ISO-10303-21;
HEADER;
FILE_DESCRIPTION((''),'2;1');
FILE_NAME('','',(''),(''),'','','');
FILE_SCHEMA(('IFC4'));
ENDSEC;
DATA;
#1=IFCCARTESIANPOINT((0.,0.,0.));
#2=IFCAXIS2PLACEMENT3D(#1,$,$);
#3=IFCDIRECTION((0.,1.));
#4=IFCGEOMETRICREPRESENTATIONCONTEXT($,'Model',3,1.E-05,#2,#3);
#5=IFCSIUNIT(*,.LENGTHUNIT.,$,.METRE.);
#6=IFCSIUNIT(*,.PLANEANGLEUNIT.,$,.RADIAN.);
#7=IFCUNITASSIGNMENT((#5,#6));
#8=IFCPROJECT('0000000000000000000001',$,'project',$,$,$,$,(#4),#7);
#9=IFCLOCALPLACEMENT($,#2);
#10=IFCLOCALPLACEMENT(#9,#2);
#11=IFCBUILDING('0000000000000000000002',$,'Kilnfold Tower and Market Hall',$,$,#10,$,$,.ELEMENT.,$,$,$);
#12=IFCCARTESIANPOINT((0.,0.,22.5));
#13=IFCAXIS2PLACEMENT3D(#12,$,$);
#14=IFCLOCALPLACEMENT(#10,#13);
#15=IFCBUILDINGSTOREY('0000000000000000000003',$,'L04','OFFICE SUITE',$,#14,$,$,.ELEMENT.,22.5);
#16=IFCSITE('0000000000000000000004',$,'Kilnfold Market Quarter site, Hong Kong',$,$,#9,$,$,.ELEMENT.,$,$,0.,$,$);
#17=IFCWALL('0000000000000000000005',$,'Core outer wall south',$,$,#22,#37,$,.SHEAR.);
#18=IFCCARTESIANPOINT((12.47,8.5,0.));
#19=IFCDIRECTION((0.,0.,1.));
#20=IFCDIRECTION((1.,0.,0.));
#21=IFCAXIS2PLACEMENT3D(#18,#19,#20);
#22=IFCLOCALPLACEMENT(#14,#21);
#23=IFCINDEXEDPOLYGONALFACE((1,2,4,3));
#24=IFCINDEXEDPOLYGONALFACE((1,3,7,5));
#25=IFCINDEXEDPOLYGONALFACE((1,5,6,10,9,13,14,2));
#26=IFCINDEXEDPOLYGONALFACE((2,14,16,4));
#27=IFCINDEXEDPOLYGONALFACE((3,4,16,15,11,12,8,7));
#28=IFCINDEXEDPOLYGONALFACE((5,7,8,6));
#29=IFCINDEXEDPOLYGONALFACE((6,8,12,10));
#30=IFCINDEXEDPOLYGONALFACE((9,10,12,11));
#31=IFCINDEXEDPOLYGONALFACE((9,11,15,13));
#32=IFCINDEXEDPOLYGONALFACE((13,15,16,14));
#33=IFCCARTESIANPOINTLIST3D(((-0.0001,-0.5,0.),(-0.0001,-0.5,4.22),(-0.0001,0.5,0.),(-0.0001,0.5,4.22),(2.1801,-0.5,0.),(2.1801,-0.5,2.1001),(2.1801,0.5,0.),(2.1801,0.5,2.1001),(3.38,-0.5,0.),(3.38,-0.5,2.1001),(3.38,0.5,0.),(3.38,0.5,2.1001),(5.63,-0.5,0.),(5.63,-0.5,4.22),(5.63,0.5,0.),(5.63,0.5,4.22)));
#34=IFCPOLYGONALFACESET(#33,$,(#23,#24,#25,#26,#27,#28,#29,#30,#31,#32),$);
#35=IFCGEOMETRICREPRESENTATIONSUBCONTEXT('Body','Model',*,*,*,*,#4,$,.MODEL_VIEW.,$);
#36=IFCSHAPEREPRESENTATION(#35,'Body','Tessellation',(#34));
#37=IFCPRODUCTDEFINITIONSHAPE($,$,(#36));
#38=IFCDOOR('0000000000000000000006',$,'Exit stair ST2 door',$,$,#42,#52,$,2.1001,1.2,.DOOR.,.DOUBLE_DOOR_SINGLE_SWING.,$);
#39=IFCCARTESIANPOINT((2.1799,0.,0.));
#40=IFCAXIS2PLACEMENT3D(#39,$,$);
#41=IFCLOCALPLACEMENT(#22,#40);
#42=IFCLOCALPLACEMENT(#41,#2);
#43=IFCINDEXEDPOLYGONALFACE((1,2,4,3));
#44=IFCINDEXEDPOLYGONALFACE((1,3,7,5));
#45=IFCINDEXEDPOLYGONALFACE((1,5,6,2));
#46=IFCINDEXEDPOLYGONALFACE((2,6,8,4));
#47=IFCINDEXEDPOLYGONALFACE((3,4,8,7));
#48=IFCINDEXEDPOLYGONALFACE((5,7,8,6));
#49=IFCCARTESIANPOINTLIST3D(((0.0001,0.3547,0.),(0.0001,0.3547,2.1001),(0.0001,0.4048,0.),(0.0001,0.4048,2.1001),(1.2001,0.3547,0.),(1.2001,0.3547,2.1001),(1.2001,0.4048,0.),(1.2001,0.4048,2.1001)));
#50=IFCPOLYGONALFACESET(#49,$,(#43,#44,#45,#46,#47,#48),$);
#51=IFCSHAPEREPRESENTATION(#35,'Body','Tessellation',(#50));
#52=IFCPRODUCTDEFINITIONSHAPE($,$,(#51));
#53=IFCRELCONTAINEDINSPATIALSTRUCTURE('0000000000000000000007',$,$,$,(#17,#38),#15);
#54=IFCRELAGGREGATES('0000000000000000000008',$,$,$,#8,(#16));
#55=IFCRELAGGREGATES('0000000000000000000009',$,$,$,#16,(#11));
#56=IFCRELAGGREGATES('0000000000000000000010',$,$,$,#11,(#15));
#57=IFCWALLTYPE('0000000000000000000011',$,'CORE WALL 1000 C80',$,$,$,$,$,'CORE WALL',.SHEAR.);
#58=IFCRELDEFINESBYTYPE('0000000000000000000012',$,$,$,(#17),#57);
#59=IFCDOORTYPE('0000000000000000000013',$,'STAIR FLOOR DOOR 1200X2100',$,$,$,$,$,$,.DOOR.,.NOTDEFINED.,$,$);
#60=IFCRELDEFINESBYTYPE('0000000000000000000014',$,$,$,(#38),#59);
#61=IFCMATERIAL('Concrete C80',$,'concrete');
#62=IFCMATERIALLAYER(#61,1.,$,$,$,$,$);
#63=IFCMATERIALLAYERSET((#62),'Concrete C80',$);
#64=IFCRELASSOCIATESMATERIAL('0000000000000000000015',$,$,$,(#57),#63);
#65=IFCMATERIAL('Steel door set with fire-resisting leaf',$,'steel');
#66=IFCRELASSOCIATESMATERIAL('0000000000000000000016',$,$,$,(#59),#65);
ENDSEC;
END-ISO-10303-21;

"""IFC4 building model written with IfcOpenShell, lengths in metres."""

from ifc_helpers import new_model, si_unit, direction, frame, frame_2d, origin, place, context, subcontext, project, spatial, rectangle, extrude, source, transform, mapped, material, layer, layer_set, type_object, element, fill, save


model = new_model("IFC4")

# Units and contexts
model_context = context("Model", 3, precision=1e-05, world=origin(), true_north=direction((0.0, 1.0)))
body_context = subcontext(model_context, "Body", "Model", "MODEL_VIEW")
ifc_project = project(units=[si_unit("LENGTHUNIT", "METRE"), si_unit("PLANEANGLEUNIT", "RADIAN")], contexts=[model_context])

# Site, building, storey
site_placement = place(None, origin())
site = spatial("IfcSite", under=ifc_project, at=site_placement, Name="Kilnfold Market Quarter site, Hong Kong", CompositionType="ELEMENT", RefElevation=0.0)
building_placement = place(site_placement, origin())
building = spatial("IfcBuilding", under=site, at=building_placement, Name="Kilnfold Tower and Market Hall", CompositionType="ELEMENT")
storey_placement = place(building_placement, frame((0.0, 0.0, 22.5)))
storey = spatial("IfcBuildingStorey", under=building, at=storey_placement, Name="L04", Description="OFFICE SUITE", CompositionType="ELEMENT", Elevation=22.5)

# Wall, opening, door
ifc_material_1 = material(Name="Concrete C80", Category="concrete")
ifc_layer_1 = layer(ifc_material_1, 1.0)
ifc_layer_set_1 = layer_set([ifc_layer_1], Name="Concrete C80")
wall_type_1 = type_object("IfcWallType", Name="CORE WALL 1000 C80", ElementType="CORE WALL", PredefinedType="SHEAR", material=ifc_layer_set_1)
shared_shape_1 = source(origin(), body_context, "Body", "SweptSolid", [
    extrude(rectangle(XDim=5.6301, YDim=1.0, at=frame_2d((2.8149, 0.0))), origin(), (0.0, 0.0, 1.0), 4.22),
])
wall_1_placement = place(storey_placement, frame((12.47, 8.5, 0.0), z_axis=(0.0, 0.0, 1.0), x_axis=(1.0, 0.0, 0.0)))
wall_1 = element("IfcWall", 1, at=wall_1_placement, inside=storey, type_object=wall_type_1, Name="Core outer wall south", PredefinedType="SHEAR", context=body_context, shape_type="MappedRepresentation", body=[
    mapped(shared_shape_1, transform((0.0, 0.0, 0.0))),
])
opening_1_placement = place(wall_1_placement, frame((2.1799, 0.0, 0.0)))
opening_1 = element("IfcOpeningElement", 2, at=opening_1_placement, cuts=wall_1, PredefinedType="OPENING", context=body_context, shape_type="SweptSolid", body=[
    extrude(rectangle(XDim=1.2, YDim=2.1001, at=frame_2d((0.6001, 1.05))), frame((0.0, 0.51, 0.0), z_axis=(0.0, -1.0, 0.0), x_axis=(1.0, 0.0, 0.0)), (0.0, 0.0, 1.0), 1.02),
])
ifc_material_2 = material(Name="Steel door set with fire-resisting leaf", Category="steel")
door_type_1 = type_object("IfcDoorType", Name="STAIR FLOOR DOOR 1200X2100", OperationType="NOTDEFINED", PredefinedType="DOOR", material=ifc_material_2)
door_1_placement = place(opening_1_placement, origin())
door_1 = element("IfcDoor", 3, at=door_1_placement, inside=storey, type_object=door_type_1, Name="Exit stair ST2 door", OperationType="DOUBLE_DOOR_SINGLE_SWING", OverallHeight=2.1001, OverallWidth=1.2, PredefinedType="DOOR", context=body_context, shape_type="SweptSolid", body=[
    extrude(rectangle(XDim=1.2, YDim=2.1001, at=frame_2d((0.6001, 1.05))), frame((0.0, 0.4048, 0.0), z_axis=(0.0, -1.0, 0.0), x_axis=(1.0, 0.0, 0.0)), (0.0, 0.0, 1.0), 0.05),
])
fill(opening_1, door_1)

save(model, "model.ifc")
